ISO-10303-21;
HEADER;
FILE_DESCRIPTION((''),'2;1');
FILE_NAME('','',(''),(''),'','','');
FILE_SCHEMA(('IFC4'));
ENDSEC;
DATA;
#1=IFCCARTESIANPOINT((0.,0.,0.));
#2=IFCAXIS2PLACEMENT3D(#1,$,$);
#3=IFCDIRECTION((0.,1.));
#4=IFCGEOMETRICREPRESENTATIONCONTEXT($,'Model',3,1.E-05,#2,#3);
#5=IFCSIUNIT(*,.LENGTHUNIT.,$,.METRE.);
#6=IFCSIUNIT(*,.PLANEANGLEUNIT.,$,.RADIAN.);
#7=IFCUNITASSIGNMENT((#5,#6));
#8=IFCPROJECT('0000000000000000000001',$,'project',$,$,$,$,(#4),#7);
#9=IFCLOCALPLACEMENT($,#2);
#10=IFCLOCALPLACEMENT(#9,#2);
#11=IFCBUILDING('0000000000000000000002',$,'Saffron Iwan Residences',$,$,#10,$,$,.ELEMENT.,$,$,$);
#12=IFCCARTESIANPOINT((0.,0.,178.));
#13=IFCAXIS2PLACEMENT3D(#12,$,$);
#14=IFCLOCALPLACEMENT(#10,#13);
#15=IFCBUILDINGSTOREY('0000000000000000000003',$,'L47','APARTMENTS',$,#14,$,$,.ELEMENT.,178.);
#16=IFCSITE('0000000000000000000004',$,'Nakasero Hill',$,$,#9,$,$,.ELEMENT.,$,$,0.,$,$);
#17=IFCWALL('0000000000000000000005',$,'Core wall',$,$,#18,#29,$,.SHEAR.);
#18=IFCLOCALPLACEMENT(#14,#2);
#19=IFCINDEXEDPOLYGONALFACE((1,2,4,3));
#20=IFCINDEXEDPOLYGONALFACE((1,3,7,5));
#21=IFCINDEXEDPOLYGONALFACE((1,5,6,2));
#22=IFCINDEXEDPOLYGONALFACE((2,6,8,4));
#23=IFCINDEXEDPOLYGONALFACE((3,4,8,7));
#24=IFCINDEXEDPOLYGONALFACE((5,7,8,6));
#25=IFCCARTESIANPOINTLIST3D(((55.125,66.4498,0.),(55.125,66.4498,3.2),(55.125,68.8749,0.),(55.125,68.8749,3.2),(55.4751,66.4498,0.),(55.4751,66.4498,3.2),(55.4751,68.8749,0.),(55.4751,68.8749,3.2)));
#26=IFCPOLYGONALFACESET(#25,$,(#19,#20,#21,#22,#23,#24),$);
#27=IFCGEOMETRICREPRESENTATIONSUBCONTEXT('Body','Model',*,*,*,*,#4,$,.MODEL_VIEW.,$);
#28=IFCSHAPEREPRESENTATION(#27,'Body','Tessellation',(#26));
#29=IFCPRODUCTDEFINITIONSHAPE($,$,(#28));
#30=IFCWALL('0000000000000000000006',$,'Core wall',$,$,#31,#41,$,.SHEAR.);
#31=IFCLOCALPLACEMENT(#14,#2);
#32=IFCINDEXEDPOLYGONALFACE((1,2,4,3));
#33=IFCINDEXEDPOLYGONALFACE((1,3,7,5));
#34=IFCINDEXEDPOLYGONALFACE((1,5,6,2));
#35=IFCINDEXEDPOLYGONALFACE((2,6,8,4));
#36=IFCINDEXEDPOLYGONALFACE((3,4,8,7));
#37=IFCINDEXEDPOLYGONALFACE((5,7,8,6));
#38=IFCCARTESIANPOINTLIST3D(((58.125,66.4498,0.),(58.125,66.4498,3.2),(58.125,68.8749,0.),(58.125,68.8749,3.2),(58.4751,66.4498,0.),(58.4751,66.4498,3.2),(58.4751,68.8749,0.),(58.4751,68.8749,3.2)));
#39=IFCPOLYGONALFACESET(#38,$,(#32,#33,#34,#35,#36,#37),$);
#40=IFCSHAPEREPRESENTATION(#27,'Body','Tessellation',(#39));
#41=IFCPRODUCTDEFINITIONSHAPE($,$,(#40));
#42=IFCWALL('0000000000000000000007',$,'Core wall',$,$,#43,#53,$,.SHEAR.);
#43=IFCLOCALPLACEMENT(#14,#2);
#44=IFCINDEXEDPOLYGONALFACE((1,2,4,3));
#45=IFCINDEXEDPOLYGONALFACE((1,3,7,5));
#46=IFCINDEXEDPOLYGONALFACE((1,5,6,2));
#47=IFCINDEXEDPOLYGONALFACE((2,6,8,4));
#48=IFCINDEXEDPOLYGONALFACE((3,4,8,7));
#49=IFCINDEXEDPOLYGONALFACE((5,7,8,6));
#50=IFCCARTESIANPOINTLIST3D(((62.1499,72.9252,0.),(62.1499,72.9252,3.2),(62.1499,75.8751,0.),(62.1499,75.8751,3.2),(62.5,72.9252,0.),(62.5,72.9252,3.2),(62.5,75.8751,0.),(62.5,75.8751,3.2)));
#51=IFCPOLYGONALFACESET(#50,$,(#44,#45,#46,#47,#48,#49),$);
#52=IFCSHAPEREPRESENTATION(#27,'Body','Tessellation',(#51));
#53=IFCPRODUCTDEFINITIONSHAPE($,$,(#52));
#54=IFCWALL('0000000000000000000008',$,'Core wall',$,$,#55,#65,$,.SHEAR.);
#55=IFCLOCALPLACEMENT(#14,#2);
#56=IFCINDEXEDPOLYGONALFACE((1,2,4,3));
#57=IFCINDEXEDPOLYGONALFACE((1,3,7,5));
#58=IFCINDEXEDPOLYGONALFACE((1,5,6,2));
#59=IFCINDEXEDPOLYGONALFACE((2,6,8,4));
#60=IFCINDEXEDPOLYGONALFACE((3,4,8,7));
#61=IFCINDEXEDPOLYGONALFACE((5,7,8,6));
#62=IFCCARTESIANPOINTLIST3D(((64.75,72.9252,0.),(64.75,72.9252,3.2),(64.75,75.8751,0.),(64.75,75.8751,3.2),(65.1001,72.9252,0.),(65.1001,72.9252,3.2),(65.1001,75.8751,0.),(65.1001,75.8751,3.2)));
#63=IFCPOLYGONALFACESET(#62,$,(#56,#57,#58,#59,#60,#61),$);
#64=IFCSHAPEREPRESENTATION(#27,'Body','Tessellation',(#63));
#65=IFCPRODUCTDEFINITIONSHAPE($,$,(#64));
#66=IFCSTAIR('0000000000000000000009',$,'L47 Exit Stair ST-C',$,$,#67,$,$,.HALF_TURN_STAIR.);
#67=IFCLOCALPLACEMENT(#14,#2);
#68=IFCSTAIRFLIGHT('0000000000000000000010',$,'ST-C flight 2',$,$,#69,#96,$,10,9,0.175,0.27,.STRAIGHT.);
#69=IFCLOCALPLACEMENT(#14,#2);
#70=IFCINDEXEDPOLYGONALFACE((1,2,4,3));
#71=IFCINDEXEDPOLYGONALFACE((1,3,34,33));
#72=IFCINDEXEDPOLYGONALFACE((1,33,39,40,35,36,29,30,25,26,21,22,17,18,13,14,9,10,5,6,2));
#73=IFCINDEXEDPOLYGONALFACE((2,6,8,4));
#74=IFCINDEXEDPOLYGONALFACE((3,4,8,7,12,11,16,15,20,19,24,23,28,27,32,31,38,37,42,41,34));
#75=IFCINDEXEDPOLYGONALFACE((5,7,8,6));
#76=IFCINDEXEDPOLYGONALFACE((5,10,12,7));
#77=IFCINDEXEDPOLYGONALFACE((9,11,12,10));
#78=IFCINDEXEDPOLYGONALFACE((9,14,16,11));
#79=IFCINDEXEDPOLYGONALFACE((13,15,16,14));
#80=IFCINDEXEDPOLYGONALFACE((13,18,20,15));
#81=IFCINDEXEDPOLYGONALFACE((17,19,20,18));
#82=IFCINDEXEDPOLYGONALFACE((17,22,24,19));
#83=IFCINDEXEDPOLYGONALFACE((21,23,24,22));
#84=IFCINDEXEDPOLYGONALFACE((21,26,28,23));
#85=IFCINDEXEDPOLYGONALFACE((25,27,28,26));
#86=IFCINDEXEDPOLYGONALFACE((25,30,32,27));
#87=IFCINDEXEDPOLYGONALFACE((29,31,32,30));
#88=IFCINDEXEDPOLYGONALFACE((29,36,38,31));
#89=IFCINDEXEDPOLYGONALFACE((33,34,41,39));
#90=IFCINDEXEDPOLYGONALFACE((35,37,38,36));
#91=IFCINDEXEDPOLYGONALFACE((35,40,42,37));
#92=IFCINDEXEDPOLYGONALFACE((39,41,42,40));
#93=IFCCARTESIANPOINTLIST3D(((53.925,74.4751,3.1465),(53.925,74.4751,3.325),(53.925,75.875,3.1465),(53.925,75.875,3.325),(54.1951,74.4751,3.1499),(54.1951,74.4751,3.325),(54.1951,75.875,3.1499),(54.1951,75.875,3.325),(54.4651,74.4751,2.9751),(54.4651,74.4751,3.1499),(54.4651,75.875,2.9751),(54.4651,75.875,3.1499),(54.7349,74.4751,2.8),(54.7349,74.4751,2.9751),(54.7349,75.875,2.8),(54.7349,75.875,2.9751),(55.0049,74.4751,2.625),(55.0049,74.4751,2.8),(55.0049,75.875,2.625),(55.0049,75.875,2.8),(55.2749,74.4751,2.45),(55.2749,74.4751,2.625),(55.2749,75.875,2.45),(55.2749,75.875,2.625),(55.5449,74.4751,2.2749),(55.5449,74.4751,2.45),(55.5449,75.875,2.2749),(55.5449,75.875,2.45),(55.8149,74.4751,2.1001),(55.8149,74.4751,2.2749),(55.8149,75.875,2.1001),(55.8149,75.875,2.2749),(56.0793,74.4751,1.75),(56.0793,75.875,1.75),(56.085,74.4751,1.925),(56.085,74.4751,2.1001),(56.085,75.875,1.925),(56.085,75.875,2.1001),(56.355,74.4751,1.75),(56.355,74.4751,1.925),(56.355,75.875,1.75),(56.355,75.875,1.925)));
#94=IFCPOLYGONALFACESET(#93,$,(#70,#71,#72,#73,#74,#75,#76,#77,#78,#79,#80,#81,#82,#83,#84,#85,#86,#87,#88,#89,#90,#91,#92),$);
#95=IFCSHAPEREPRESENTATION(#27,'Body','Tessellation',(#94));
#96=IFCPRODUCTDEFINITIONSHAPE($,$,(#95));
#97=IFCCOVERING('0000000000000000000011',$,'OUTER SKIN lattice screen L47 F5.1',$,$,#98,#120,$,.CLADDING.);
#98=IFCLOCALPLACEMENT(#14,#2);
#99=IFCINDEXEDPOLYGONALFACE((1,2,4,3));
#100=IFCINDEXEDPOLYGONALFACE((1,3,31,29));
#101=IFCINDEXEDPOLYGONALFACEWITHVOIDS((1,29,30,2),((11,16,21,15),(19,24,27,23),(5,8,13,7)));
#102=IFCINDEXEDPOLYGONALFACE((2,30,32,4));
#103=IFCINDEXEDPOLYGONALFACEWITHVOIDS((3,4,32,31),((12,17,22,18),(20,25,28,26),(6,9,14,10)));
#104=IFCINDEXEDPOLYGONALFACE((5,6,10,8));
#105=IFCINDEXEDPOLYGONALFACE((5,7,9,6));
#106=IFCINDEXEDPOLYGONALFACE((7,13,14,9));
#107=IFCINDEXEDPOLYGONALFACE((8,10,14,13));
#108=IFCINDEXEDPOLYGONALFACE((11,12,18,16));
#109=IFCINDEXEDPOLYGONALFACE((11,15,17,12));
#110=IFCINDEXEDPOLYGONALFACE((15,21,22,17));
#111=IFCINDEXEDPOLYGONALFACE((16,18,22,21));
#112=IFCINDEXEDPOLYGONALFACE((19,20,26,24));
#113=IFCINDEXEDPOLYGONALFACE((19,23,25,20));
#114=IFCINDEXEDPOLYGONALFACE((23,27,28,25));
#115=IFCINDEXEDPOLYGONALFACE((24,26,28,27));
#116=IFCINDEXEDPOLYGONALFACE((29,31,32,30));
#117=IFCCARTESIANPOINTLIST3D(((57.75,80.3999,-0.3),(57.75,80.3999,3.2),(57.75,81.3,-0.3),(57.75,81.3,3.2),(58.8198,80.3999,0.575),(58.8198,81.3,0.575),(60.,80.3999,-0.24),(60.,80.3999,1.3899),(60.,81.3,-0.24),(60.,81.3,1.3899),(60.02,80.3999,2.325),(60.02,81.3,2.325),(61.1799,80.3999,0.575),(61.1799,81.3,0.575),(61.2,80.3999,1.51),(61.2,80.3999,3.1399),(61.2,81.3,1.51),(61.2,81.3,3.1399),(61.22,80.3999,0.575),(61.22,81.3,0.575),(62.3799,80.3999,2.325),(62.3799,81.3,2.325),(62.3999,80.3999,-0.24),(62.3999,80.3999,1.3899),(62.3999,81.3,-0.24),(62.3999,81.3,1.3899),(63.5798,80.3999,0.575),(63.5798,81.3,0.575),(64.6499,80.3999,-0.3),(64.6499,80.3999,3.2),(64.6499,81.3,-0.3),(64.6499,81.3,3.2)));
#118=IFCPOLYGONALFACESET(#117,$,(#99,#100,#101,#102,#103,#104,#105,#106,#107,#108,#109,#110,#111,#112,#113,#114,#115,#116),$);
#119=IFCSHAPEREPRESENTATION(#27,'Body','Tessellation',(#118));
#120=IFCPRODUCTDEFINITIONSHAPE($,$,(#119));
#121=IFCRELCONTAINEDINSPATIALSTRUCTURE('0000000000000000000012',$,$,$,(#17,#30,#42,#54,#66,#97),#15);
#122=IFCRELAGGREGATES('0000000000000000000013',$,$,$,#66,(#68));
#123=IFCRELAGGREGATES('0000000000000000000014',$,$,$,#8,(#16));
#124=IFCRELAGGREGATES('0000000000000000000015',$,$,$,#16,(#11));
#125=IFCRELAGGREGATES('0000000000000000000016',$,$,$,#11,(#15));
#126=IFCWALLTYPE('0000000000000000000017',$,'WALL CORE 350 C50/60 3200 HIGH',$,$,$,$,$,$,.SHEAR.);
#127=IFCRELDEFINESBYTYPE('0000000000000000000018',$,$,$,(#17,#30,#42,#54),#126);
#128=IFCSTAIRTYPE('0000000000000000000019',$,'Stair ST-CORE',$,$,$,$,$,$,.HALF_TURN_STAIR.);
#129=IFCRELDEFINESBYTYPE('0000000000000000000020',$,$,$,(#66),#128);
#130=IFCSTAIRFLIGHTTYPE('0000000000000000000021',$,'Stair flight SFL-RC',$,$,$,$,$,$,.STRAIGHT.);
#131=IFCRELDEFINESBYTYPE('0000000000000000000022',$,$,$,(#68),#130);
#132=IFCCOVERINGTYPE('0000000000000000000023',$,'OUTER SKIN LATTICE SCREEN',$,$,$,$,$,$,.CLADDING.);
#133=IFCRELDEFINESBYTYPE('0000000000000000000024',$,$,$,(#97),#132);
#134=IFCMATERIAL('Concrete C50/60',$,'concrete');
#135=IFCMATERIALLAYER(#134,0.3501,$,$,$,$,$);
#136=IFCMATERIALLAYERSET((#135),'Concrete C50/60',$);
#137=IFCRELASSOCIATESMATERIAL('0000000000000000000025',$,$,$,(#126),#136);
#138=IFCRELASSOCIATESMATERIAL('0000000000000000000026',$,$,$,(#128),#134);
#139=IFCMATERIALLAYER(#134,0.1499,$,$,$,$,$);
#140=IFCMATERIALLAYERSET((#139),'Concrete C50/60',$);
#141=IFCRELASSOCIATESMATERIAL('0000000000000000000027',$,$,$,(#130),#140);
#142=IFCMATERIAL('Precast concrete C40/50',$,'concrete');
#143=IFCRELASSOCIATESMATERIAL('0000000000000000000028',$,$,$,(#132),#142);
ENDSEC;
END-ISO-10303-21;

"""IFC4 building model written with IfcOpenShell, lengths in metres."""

from ifc_helpers import new_model, si_unit, direction, frame, frame_2d, origin, place, context, subcontext, project, spatial, polyline, rectangle, outline, extrude, material, layer, layer_set, type_object, element, aggregate, save


model = new_model("IFC4")

# Units and contexts
model_context = context("Model", 3, precision=1e-05, world=origin(), true_north=direction((0.0, 1.0)))
body_context = subcontext(model_context, "Body", "Model", "MODEL_VIEW")
ifc_project = project(units=[si_unit("LENGTHUNIT", "METRE"), si_unit("PLANEANGLEUNIT", "RADIAN")], contexts=[model_context])

# Site, building, storey
site_placement = place(None, origin())
site = spatial("IfcSite", under=ifc_project, at=site_placement, Name="Nakasero Hill", CompositionType="ELEMENT", RefElevation=0.0)
building_placement = place(site_placement, origin())
building = spatial("IfcBuilding", under=site, at=building_placement, Name="Saffron Iwan Residences", CompositionType="ELEMENT")
storey_placement = place(building_placement, frame((0.0, 0.0, 178.0)))
storey = spatial("IfcBuildingStorey", under=building, at=storey_placement, Name="L47", Description="APARTMENTS", CompositionType="ELEMENT", Elevation=178.0)

# Shared definitions
ifc_material_1 = material(Name="Concrete C50/60", Category="concrete")

# Shared definitions
ifc_layer_1 = layer(ifc_material_1, 0.3501)
ifc_layer_set_1 = layer_set([ifc_layer_1], Name="Concrete C50/60")
wall_type_1 = type_object("IfcWallType", Name="WALL CORE 350 C50/60 3200 HIGH", PredefinedType="SHEAR", material=ifc_layer_set_1)

# Walls
for number, where, z_axis, x_axis, name in (
    (1, (55.3, 66.45, 0.0), (0.0, 0.0, 1.0), (0.0, 1.0, 0.0), "Core wall"),
    (2, (58.3, 66.45, 0.0), (0.0, 0.0, 1.0), (0.0, 1.0, 0.0), "Core wall"),
):
    element("IfcWall", number, at=place(storey_placement, frame(where, z_axis=z_axis, x_axis=x_axis)), inside=storey, type_object=wall_type_1, Name=name, PredefinedType="SHEAR", context=body_context, shape_type="SweptSolid", body=[
        extrude(rectangle(XDim=2.425, YDim=0.3501, at=frame_2d((1.2124, 0.0))), origin(), (0.0, 0.0, 1.0), 3.2),
    ])
for number, where, z_axis, x_axis, name in (
    (3, (62.325, 72.925, 0.0), (0.0, 0.0, 1.0), (0.0, 1.0, 0.0), "Core wall"),
    (4, (64.925, 72.925, 0.0), (0.0, 0.0, 1.0), (0.0, 1.0, 0.0), "Core wall"),
):
    element("IfcWall", number, at=place(storey_placement, frame(where, z_axis=z_axis, x_axis=x_axis)), inside=storey, type_object=wall_type_1, Name=name, PredefinedType="SHEAR", context=body_context, shape_type="SweptSolid", body=[
        extrude(rectangle(XDim=2.95, YDim=0.3501, at=frame_2d((1.4751, 0.0))), origin(), (0.0, 0.0, 1.0), 3.2),
    ])

# Stair, stair flight
stair_type = type_object("IfcStairType", Name="Stair ST-CORE", PredefinedType="HALF_TURN_STAIR", material=ifc_material_1)
stair_placement = place(storey_placement, origin())
stair = element("IfcStair", 5, at=stair_placement, inside=storey, type_object=stair_type, Name="L47 Exit Stair ST-C", PredefinedType="HALF_TURN_STAIR")
ifc_layer_2 = layer(ifc_material_1, 0.1499)
ifc_layer_set_2 = layer_set([ifc_layer_2], Name="Concrete C50/60")
stair_flight_type = type_object("IfcStairFlightType", Name="Stair flight SFL-RC", PredefinedType="STRAIGHT", material=ifc_layer_set_2)
stair_flight_placement = place(storey_placement, frame((56.355, 75.175, 1.75), z_axis=(0.0, 0.0, 1.0), x_axis=(-1.0, 0.0, 0.0)))
stair_flight = element("IfcStairFlight", 6, at=stair_flight_placement, type_object=stair_flight_type, Name="ST-C flight 2", NumberOfRisers=10, NumberOfTreads=9, PredefinedType="STRAIGHT", RiserHeight=0.175, TreadLength=0.27, context=body_context, shape_type="SweptSolid", body=[
    extrude(outline(polyline([(0.0, 0.0), (0.0, 0.175), (0.27, 0.175), (0.27, 0.3501), (0.54, 0.3501), (0.54, 0.5249), (0.8101, 0.5249), (0.8101, 0.7), (1.0801, 0.7), (1.0801, 0.875), (1.3501, 0.875), (1.3501, 1.05), (1.6201, 1.05), (1.6201, 1.2251), (1.8899, 1.2251), (1.8899, 1.3999), (2.1599, 1.3999), (2.1599, 1.575), (2.4299, 1.575), (2.4299, 1.75), (2.4299, 1.3965), (0.2756, 0.0), (0.0, 0.0)])), frame((0.0, 0.7, 0.0), z_axis=(0.0, -1.0, 0.0), x_axis=(1.0, 0.0, 0.0)), (0.0, 0.0, 1.0), 1.3999),
])
aggregate(stair, [stair_flight])

# Covering
ifc_material_2 = material(Name="Precast concrete C40/50", Category="concrete")
covering_type_1 = type_object("IfcCoveringType", Name="OUTER SKIN LATTICE SCREEN", PredefinedType="CLADDING", material=ifc_material_2)
covering_placement = place(storey_placement, frame((64.6499, 80.3999, -0.3), z_axis=(0.0, 1.0, 0.0), x_axis=(-1.0, 0.0, 0.0)))
element("IfcCovering", 7, at=covering_placement, inside=storey, type_object=covering_type_1, Name="OUTER SKIN lattice screen L47 F5.1", PredefinedType="CLADDING", context=body_context, shape_type="SweptSolid", body=[
    extrude(outline(polyline([(0.0, 0.0), (6.8999, 0.0), (6.8999, 3.5), (0.0, 3.5), (0.0, 0.0)]), holes=[polyline([(1.0701, 0.875), (2.25, 0.0601), (3.4299, 0.875), (2.25, 1.6899), (1.0701, 0.875)]), polyline([(3.47, 0.875), (4.6499, 0.0601), (5.8301, 0.875), (4.6499, 1.6899), (3.47, 0.875)]), polyline([(2.27, 2.625), (3.45, 1.8101), (4.6299, 2.625), (3.45, 3.4399), (2.27, 2.625)])]), origin(), (0.0, 0.0, 1.0), 0.9001),
])

save(model, "model.ifc")
